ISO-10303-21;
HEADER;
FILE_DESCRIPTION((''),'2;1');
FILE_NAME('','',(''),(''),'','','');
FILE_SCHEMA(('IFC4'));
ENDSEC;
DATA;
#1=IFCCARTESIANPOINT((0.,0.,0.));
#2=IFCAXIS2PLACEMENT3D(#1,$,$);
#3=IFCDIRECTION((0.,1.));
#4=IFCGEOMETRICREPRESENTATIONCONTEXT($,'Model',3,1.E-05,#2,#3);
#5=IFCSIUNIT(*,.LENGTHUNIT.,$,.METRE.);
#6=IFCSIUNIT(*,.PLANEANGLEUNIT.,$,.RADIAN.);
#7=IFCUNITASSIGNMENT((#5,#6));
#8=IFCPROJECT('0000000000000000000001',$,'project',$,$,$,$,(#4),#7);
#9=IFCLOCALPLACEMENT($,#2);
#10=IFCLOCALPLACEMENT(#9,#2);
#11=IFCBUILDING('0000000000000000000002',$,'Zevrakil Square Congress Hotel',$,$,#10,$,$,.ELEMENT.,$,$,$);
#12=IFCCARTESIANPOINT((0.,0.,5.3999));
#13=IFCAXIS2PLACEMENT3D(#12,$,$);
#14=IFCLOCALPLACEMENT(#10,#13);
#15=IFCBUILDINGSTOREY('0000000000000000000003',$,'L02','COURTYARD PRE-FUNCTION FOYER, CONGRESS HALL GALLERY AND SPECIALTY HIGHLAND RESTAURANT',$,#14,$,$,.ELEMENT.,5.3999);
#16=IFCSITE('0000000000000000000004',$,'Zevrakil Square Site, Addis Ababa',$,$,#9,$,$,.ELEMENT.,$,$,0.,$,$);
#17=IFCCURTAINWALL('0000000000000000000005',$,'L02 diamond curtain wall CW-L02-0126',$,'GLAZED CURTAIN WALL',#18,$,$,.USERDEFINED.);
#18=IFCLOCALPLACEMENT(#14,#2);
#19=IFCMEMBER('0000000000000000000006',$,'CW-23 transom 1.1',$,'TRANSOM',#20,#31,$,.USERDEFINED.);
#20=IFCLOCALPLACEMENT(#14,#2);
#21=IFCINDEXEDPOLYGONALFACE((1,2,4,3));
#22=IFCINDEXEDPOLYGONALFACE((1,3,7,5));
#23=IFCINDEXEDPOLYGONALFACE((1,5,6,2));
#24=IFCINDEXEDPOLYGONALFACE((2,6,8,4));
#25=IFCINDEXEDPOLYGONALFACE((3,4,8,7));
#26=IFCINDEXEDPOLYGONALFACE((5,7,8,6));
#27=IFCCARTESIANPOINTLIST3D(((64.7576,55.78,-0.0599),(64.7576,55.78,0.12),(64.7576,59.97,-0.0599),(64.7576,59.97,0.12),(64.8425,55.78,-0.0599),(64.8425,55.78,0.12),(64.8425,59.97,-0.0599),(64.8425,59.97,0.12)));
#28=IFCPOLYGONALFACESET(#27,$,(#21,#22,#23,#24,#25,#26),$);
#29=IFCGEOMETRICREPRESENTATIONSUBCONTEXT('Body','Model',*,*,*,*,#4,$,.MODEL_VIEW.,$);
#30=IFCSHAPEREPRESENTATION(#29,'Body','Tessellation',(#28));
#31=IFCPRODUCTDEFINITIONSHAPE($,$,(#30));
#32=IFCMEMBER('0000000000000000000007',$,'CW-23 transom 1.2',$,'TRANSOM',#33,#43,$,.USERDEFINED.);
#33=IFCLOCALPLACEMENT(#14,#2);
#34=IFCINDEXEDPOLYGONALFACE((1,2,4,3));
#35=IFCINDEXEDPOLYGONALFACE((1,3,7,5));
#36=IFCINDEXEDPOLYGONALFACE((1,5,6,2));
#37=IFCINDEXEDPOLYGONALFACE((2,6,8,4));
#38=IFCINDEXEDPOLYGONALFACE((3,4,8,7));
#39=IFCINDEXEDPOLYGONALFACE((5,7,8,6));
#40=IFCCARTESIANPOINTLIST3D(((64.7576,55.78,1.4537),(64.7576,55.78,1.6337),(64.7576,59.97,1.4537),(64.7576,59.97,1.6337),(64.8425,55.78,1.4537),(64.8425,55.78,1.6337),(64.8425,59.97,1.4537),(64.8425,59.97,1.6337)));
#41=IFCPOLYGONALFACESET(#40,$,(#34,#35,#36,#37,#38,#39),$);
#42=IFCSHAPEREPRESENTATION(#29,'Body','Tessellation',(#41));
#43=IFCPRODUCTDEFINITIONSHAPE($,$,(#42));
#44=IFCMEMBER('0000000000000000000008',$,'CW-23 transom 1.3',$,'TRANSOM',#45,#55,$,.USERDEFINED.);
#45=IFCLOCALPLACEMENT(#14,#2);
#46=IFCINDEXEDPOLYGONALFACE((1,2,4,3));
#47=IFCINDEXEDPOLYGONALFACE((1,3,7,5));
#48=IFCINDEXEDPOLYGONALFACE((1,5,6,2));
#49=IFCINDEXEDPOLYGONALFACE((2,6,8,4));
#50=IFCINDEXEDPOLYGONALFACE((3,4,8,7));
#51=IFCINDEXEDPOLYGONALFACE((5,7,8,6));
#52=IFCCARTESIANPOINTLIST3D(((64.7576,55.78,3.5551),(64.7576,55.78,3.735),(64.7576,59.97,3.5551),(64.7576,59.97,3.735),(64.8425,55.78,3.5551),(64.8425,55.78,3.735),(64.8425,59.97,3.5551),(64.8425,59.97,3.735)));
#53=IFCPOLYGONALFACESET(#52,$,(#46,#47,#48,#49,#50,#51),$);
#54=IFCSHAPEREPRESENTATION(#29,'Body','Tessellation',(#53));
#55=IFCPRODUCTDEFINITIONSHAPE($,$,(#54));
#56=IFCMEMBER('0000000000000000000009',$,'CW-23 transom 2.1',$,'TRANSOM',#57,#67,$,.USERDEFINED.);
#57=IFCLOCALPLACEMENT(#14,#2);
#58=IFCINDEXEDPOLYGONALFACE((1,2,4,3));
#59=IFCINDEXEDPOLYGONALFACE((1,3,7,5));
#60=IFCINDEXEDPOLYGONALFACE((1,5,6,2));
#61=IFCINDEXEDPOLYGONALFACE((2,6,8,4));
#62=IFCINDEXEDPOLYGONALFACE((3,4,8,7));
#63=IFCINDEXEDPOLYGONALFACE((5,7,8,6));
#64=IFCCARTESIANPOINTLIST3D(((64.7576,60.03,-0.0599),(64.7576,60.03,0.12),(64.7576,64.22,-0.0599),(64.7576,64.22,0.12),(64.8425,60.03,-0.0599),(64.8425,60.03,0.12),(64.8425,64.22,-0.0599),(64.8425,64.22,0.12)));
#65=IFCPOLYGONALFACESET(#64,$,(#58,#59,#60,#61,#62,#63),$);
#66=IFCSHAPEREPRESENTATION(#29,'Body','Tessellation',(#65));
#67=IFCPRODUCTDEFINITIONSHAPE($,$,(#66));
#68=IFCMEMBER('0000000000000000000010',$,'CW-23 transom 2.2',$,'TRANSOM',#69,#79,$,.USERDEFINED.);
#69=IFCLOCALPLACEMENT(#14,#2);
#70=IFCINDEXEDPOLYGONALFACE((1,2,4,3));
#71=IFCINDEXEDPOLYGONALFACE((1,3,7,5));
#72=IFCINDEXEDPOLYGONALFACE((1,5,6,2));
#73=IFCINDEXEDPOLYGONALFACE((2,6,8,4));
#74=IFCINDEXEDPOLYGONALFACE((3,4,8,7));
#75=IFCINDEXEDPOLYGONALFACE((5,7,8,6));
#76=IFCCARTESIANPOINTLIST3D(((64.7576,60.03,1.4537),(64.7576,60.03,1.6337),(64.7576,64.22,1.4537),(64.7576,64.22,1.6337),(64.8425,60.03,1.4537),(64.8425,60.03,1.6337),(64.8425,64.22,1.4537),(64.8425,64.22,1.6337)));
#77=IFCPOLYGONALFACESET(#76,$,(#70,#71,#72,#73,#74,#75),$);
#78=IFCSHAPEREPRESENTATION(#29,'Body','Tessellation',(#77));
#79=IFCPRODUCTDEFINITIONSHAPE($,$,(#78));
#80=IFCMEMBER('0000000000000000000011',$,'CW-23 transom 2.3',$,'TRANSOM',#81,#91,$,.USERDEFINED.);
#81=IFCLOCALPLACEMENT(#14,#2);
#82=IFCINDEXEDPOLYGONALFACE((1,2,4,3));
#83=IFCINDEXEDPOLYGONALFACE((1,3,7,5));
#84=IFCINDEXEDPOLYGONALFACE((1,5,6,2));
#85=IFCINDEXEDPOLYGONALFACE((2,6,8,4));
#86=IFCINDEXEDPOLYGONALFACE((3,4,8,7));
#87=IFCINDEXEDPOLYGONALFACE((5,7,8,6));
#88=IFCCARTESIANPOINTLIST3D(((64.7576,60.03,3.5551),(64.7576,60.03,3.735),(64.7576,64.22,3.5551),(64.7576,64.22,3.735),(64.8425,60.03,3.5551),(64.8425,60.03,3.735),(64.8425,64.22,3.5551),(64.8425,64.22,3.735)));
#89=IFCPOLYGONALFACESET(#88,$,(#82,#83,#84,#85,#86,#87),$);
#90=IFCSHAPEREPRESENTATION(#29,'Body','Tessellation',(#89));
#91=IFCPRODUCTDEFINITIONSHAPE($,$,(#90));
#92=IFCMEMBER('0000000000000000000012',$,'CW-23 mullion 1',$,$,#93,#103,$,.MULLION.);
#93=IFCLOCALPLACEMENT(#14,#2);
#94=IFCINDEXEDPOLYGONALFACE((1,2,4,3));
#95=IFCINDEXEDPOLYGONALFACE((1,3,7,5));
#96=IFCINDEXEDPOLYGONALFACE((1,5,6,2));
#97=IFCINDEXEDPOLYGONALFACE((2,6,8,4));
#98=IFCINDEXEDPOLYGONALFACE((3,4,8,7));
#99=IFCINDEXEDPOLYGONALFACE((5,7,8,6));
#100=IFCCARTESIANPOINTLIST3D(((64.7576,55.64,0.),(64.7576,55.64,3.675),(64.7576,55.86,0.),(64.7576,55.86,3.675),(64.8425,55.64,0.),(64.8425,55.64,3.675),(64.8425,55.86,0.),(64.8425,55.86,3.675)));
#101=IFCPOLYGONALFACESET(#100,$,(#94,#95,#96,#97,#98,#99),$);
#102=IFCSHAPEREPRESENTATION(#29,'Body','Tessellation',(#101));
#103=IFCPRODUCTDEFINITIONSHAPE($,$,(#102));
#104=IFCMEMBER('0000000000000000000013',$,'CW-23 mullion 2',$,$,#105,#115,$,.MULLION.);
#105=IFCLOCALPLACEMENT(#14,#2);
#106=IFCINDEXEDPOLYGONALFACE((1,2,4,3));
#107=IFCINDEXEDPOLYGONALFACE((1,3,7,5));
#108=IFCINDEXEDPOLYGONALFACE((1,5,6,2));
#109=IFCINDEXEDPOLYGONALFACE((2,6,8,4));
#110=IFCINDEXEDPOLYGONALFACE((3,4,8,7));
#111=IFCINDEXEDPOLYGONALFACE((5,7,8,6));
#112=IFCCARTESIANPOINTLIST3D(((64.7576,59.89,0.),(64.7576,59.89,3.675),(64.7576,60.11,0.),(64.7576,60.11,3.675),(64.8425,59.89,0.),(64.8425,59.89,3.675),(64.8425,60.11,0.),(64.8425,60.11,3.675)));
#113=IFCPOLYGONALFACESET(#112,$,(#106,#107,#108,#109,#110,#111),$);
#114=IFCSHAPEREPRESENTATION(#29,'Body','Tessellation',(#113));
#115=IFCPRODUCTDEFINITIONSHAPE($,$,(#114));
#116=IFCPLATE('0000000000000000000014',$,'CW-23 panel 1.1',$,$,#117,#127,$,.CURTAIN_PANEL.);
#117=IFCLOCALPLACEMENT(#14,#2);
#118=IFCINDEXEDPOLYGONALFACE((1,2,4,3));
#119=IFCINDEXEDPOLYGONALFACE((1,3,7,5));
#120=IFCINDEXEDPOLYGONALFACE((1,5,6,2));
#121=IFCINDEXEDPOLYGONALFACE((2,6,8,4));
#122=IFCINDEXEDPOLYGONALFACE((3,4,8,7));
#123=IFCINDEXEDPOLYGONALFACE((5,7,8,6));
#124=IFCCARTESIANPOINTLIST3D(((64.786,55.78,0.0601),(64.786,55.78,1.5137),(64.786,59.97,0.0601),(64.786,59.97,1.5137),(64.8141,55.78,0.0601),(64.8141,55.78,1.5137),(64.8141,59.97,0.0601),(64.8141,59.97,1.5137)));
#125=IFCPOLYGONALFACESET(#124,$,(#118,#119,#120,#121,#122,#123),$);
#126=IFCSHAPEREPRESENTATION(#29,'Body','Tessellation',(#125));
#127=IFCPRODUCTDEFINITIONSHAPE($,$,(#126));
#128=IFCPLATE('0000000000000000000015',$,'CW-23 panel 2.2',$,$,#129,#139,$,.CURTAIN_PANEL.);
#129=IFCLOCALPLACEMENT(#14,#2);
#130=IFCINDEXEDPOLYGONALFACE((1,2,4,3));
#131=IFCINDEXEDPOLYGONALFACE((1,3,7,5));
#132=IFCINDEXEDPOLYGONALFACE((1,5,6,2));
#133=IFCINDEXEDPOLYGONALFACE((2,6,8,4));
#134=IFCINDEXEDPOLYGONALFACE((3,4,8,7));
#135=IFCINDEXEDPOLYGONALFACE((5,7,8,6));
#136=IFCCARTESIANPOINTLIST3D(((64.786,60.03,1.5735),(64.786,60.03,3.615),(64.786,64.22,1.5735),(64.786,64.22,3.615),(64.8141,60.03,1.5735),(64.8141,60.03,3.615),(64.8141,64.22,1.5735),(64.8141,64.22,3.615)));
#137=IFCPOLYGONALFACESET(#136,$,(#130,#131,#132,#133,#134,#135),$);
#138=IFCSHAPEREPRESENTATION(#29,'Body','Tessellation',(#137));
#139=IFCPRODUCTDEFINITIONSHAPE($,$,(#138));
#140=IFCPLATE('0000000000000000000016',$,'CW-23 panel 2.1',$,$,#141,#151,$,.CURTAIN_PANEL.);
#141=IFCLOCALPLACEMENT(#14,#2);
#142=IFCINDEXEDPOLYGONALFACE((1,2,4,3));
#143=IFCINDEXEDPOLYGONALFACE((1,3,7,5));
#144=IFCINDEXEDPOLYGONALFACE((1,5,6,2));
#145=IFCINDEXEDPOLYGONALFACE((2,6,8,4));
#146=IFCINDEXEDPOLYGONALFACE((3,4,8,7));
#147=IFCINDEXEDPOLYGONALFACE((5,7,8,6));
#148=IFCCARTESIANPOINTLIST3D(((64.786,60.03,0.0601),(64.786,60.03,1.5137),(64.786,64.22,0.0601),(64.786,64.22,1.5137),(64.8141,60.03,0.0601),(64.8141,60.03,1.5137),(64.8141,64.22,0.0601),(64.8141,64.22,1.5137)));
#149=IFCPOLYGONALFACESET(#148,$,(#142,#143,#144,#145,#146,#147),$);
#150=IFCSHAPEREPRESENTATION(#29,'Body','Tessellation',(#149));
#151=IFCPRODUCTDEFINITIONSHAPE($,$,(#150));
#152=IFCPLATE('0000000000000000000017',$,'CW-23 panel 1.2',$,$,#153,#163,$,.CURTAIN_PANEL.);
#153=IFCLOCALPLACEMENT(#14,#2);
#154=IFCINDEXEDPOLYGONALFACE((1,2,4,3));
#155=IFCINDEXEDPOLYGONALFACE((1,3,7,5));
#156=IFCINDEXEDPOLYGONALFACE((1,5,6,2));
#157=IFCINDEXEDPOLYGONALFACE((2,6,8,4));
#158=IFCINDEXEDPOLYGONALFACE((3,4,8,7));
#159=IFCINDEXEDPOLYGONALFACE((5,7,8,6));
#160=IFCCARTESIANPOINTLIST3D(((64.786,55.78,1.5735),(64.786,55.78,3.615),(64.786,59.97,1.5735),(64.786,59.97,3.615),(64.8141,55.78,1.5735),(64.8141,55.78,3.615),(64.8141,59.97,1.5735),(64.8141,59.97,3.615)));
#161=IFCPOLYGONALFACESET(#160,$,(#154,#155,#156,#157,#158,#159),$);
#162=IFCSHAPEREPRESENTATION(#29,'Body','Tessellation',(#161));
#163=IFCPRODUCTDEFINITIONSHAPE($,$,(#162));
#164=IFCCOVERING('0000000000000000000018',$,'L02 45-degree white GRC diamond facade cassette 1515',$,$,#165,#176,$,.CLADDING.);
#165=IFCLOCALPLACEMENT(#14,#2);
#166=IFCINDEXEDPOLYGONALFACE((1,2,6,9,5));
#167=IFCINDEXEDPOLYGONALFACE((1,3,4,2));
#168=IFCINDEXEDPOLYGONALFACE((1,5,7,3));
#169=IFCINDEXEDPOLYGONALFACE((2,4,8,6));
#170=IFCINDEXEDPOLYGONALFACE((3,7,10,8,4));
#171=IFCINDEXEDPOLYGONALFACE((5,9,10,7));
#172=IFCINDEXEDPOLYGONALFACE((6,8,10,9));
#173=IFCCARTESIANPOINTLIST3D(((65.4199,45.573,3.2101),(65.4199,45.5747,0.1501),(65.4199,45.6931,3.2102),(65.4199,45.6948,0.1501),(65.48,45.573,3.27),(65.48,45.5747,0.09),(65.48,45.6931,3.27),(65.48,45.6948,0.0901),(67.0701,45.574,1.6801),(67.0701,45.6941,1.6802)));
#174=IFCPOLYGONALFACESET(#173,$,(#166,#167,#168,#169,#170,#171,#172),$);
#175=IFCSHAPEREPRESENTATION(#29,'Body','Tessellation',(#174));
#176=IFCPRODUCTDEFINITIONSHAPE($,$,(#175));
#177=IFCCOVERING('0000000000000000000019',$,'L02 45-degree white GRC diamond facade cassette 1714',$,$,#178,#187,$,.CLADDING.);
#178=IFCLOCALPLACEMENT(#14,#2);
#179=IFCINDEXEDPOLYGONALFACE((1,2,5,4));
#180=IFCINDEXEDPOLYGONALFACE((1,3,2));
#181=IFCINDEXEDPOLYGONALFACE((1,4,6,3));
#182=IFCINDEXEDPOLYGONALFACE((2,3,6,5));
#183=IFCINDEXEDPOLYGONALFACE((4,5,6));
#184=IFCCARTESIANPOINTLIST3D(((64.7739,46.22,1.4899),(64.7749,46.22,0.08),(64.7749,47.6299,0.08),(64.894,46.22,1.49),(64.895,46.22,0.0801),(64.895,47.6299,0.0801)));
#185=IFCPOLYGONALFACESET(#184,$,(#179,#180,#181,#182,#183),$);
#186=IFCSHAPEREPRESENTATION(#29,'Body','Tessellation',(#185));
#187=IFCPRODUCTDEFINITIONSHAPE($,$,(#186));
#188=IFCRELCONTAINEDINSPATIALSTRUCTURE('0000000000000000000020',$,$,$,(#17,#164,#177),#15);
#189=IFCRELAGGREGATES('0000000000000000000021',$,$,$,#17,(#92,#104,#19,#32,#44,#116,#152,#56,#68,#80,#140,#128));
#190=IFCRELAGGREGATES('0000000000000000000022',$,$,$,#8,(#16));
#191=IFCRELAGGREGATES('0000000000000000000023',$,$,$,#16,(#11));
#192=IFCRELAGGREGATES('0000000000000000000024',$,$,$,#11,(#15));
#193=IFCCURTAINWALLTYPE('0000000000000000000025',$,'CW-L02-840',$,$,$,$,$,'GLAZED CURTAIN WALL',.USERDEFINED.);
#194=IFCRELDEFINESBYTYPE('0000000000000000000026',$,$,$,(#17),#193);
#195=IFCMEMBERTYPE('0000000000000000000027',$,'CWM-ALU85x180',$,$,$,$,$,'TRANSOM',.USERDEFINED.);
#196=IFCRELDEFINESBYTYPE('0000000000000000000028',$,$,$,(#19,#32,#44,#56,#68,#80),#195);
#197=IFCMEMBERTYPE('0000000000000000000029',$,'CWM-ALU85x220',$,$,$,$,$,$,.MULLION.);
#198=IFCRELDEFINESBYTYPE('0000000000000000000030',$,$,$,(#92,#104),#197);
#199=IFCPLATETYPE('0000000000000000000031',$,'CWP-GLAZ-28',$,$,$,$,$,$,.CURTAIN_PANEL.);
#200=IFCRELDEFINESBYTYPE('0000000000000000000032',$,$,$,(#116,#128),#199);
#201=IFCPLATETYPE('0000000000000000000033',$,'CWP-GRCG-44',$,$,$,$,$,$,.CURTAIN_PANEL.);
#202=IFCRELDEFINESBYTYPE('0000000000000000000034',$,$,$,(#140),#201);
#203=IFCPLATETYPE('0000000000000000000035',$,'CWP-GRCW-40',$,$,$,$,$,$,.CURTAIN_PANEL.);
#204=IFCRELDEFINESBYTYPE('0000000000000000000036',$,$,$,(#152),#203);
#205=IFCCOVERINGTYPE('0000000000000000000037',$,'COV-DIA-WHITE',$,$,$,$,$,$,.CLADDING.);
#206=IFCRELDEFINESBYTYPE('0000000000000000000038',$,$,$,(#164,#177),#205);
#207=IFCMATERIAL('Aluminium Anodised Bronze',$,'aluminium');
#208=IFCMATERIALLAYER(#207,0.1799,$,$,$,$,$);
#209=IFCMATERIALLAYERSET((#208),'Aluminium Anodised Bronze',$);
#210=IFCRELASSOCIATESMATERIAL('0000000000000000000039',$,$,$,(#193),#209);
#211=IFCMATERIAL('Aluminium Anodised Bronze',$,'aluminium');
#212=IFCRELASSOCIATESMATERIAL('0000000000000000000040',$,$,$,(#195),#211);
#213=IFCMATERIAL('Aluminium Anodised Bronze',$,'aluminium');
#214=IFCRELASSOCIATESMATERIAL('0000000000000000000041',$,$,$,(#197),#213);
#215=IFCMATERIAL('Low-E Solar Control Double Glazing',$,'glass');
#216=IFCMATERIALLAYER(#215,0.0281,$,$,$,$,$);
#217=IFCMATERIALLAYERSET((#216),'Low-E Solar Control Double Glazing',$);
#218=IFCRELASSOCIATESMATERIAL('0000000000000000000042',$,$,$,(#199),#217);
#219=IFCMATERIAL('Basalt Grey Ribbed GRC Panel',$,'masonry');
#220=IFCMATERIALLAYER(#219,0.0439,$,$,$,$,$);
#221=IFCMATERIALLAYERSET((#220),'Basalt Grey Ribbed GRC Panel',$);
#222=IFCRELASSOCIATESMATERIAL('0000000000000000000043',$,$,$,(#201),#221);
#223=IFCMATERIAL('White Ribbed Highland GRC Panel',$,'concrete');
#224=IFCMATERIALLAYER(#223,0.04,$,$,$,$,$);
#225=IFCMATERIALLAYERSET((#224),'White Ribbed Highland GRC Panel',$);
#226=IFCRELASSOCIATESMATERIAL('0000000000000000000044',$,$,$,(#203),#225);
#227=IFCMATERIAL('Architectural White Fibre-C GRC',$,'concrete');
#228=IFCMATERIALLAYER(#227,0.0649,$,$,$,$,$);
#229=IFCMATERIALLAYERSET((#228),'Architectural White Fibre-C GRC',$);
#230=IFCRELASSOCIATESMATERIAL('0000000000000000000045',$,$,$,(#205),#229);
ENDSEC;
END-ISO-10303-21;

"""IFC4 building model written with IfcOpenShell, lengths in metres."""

from ifc_helpers import new_model, si_unit, direction, frame, origin, origin_2d, place, context, subcontext, project, spatial, polyline, rectangle, outline, extrude, material, layer, layer_set, material_profile, profile_set, type_object, element, aggregate, save


model = new_model("IFC4")

# Units and contexts
model_context = context("Model", 3, precision=1e-05, world=origin(), true_north=direction((0.0, 1.0)))
body_context = subcontext(model_context, "Body", "Model", "MODEL_VIEW")
ifc_project = project(units=[si_unit("LENGTHUNIT", "METRE"), si_unit("PLANEANGLEUNIT", "RADIAN")], contexts=[model_context])

# Site, building, storey
site_placement = place(None, origin())
site = spatial("IfcSite", under=ifc_project, at=site_placement, Name="Zevrakil Square Site, Addis Ababa", CompositionType="ELEMENT", RefElevation=0.0)
building_placement = place(site_placement, origin())
building = spatial("IfcBuilding", under=site, at=building_placement, Name="Zevrakil Square Congress Hotel", CompositionType="ELEMENT")
storey_placement = place(building_placement, frame((0.0, 0.0, 5.3999)))
storey = spatial("IfcBuildingStorey", under=building, at=storey_placement, Name="L02", Description="COURTYARD PRE-FUNCTION FOYER, CONGRESS HALL GALLERY AND SPECIALTY HIGHLAND RESTAURANT", CompositionType="ELEMENT", Elevation=5.3999)

# Curtain wall, members, plates
ifc_material_1 = material(Name="Aluminium Anodised Bronze", Category="aluminium")
ifc_layer_1 = layer(ifc_material_1, 0.1799)
ifc_layer_set_1 = layer_set([ifc_layer_1], Name="Aluminium Anodised Bronze")
curtain_wall_type = type_object("IfcCurtainWallType", Name="CW-L02-840", ElementType="GLAZED CURTAIN WALL", PredefinedType="USERDEFINED", material=ifc_layer_set_1)
curtain_wall_placement = place(storey_placement, origin())
curtain_wall = element("IfcCurtainWall", 1, at=curtain_wall_placement, inside=storey, type_object=curtain_wall_type, Name="L02 diamond curtain wall CW-L02-0126", ObjectType="GLAZED CURTAIN WALL", PredefinedType="USERDEFINED")
ifc_material_2 = material(Name="Aluminium Anodised Bronze", Category="aluminium")
ifc_material_profile_1 = material_profile(ifc_material_2, rectangle(XDim=0.085, YDim=0.1799, at=origin_2d()), Name="ALU 85x180")
ifc_profile_set_1 = profile_set([ifc_material_profile_1], Name="Aluminium Anodised Bronze")
member_type_1 = type_object("IfcMemberType", Name="CWM-ALU85x180", ElementType="TRANSOM", PredefinedType="USERDEFINED", material=ifc_profile_set_1)
member_1_placement = place(storey_placement, frame((64.8, 55.78, 0.03), z_axis=(0.0, 1.0, 0.0), x_axis=(-1.0, 0.0, 0.0)))
member_1 = element("IfcMember", 2, at=member_1_placement, type_object=member_type_1, Name="CW-23 transom 1.1", ObjectType="TRANSOM", PredefinedType="USERDEFINED", context=body_context, shape_type="SweptSolid", body=[
    extrude(rectangle(XDim=0.085, YDim=0.1799, at=origin_2d()), origin(), (0.0, 0.0, 1.0), 4.1899),
])
member_2_placement = place(storey_placement, frame((64.8, 55.78, 1.5437), z_axis=(0.0, 1.0, 0.0), x_axis=(-1.0, 0.0, 0.0)))
member_2 = element("IfcMember", 3, at=member_2_placement, type_object=member_type_1, Name="CW-23 transom 1.2", ObjectType="TRANSOM", PredefinedType="USERDEFINED", context=body_context, shape_type="SweptSolid", body=[
    extrude(rectangle(XDim=0.085, YDim=0.1799, at=origin_2d()), origin(), (0.0, 0.0, 1.0), 4.1899),
])
member_3_placement = place(storey_placement, frame((64.8, 55.78, 3.645), z_axis=(0.0, 1.0, 0.0), x_axis=(-1.0, 0.0, 0.0)))
member_3 = element("IfcMember", 4, at=member_3_placement, type_object=member_type_1, Name="CW-23 transom 1.3", ObjectType="TRANSOM", PredefinedType="USERDEFINED", context=body_context, shape_type="SweptSolid", body=[
    extrude(rectangle(XDim=0.085, YDim=0.1799, at=origin_2d()), origin(), (0.0, 0.0, 1.0), 4.1899),
])
member_4_placement = place(storey_placement, frame((64.8, 60.03, 0.03), z_axis=(0.0, 1.0, 0.0), x_axis=(-1.0, 0.0, 0.0)))
member_4 = element("IfcMember", 5, at=member_4_placement, type_object=member_type_1, Name="CW-23 transom 2.1", ObjectType="TRANSOM", PredefinedType="USERDEFINED", context=body_context, shape_type="SweptSolid", body=[
    extrude(rectangle(XDim=0.085, YDim=0.1799, at=origin_2d()), origin(), (0.0, 0.0, 1.0), 4.1899),
])
member_5_placement = place(storey_placement, frame((64.8, 60.03, 1.5437), z_axis=(0.0, 1.0, 0.0), x_axis=(-1.0, 0.0, 0.0)))
member_5 = element("IfcMember", 6, at=member_5_placement, type_object=member_type_1, Name="CW-23 transom 2.2", ObjectType="TRANSOM", PredefinedType="USERDEFINED", context=body_context, shape_type="SweptSolid", body=[
    extrude(rectangle(XDim=0.085, YDim=0.1799, at=origin_2d()), origin(), (0.0, 0.0, 1.0), 4.1899),
])
member_6_placement = place(storey_placement, frame((64.8, 60.03, 3.645), z_axis=(0.0, 1.0, 0.0), x_axis=(-1.0, 0.0, 0.0)))
member_6 = element("IfcMember", 7, at=member_6_placement, type_object=member_type_1, Name="CW-23 transom 2.3", ObjectType="TRANSOM", PredefinedType="USERDEFINED", context=body_context, shape_type="SweptSolid", body=[
    extrude(rectangle(XDim=0.085, YDim=0.1799, at=origin_2d()), origin(), (0.0, 0.0, 1.0), 4.1899),
])
ifc_material_3 = material(Name="Aluminium Anodised Bronze", Category="aluminium")
ifc_material_profile_2 = material_profile(ifc_material_3, rectangle(XDim=0.085, YDim=0.22, at=origin_2d()), Name="ALU 85x220")
ifc_profile_set_2 = profile_set([ifc_material_profile_2], Name="Aluminium Anodised Bronze")
member_type_2 = type_object("IfcMemberType", Name="CWM-ALU85x220", PredefinedType="MULLION", material=ifc_profile_set_2)
member_7_placement = place(storey_placement, frame((64.8, 55.75, 0.0), z_axis=(0.0, 0.0, 1.0), x_axis=(-1.0, 0.0, 0.0)))
member_7 = element("IfcMember", 8, at=member_7_placement, type_object=member_type_2, Name="CW-23 mullion 1", PredefinedType="MULLION", context=body_context, shape_type="SweptSolid", body=[
    extrude(rectangle(XDim=0.085, YDim=0.22, at=origin_2d()), origin(), (0.0, 0.0, 1.0), 3.675),
])
member_8_placement = place(storey_placement, frame((64.8, 60.0, 0.0), z_axis=(0.0, 0.0, 1.0), x_axis=(-1.0, 0.0, 0.0)))
member_8 = element("IfcMember", 9, at=member_8_placement, type_object=member_type_2, Name="CW-23 mullion 2", PredefinedType="MULLION", context=body_context, shape_type="SweptSolid", body=[
    extrude(rectangle(XDim=0.085, YDim=0.22, at=origin_2d()), origin(), (0.0, 0.0, 1.0), 3.675),
])
ifc_material_4 = material(Name="Low-E Solar Control Double Glazing", Category="glass")
ifc_layer_2 = layer(ifc_material_4, 0.0281)
ifc_layer_set_2 = layer_set([ifc_layer_2], Name="Low-E Solar Control Double Glazing")
plate_type_1 = type_object("IfcPlateType", Name="CWP-GLAZ-28", PredefinedType="CURTAIN_PANEL", material=ifc_layer_set_2)
plate_1_placement = place(storey_placement, frame((64.8, 57.875, 0.0601), z_axis=(0.0, 0.0, 1.0), x_axis=(0.0, 1.0, 0.0)))
plate_1 = element("IfcPlate", 10, at=plate_1_placement, type_object=plate_type_1, Name="CW-23 panel 1.1", PredefinedType="CURTAIN_PANEL", context=body_context, shape_type="SweptSolid", body=[
    extrude(rectangle(XDim=4.1899, YDim=0.0281, at=origin_2d()), origin(), (0.0, 0.0, 1.0), 1.4536),
])
plate_2_placement = place(storey_placement, frame((64.8, 62.125, 1.5735), z_axis=(0.0, 0.0, 1.0), x_axis=(0.0, 1.0, 0.0)))
plate_2 = element("IfcPlate", 11, at=plate_2_placement, type_object=plate_type_1, Name="CW-23 panel 2.2", PredefinedType="CURTAIN_PANEL", context=body_context, shape_type="SweptSolid", body=[
    extrude(rectangle(XDim=4.1899, YDim=0.0281, at=origin_2d()), origin(), (0.0, 0.0, 1.0), 2.0415),
])
ifc_material_5 = material(Name="Basalt Grey Ribbed GRC Panel", Category="masonry")
ifc_layer_3 = layer(ifc_material_5, 0.0439)
ifc_layer_set_3 = layer_set([ifc_layer_3], Name="Basalt Grey Ribbed GRC Panel")
plate_type_2 = type_object("IfcPlateType", Name="CWP-GRCG-44", PredefinedType="CURTAIN_PANEL", material=ifc_layer_set_3)
plate_3_placement = place(storey_placement, frame((64.8, 62.125, 0.0601), z_axis=(0.0, 0.0, 1.0), x_axis=(0.0, 1.0, 0.0)))
plate_3 = element("IfcPlate", 12, at=plate_3_placement, type_object=plate_type_2, Name="CW-23 panel 2.1", PredefinedType="CURTAIN_PANEL", context=body_context, shape_type="SweptSolid", body=[
    extrude(rectangle(XDim=4.1899, YDim=0.0281, at=origin_2d()), origin(), (0.0, 0.0, 1.0), 1.4536),
])
ifc_material_6 = material(Name="White Ribbed Highland GRC Panel", Category="concrete")
ifc_layer_4 = layer(ifc_material_6, 0.04)
ifc_layer_set_4 = layer_set([ifc_layer_4], Name="White Ribbed Highland GRC Panel")
plate_type_3 = type_object("IfcPlateType", Name="CWP-GRCW-40", PredefinedType="CURTAIN_PANEL", material=ifc_layer_set_4)
plate_4_placement = place(storey_placement, frame((64.8, 57.875, 1.5735), z_axis=(0.0, 0.0, 1.0), x_axis=(0.0, 1.0, 0.0)))
plate_4 = element("IfcPlate", 13, at=plate_4_placement, type_object=plate_type_3, Name="CW-23 panel 1.2", PredefinedType="CURTAIN_PANEL", context=body_context, shape_type="SweptSolid", body=[
    extrude(rectangle(XDim=4.1899, YDim=0.0281, at=origin_2d()), origin(), (0.0, 0.0, 1.0), 2.0415),
])
aggregate(curtain_wall, [member_7, member_8, member_1, member_2, member_3, plate_1, plate_4, member_4, member_5, member_6, plate_3, plate_2])

# Coverings
ifc_material_7 = material(Name="Architectural White Fibre-C GRC", Category="concrete")
ifc_layer_5 = layer(ifc_material_7, 0.0649)
ifc_layer_set_5 = layer_set([ifc_layer_5], Name="Architectural White Fibre-C GRC")
covering_type_1 = type_object("IfcCoveringType", Name="COV-DIA-WHITE", PredefinedType="CLADDING", material=ifc_layer_set_5)
covering_1_placement = place(storey_placement, frame((65.48, 45.6948, 0.0901), z_axis=(-0.000071, 1.0, 0.000538), x_axis=(0.707107, -0.00033, 0.707107)))
element("IfcCovering", 14, at=covering_1_placement, inside=storey, type_object=covering_type_1, Name="L02 45-degree white GRC diamond facade cassette 1515", PredefinedType="CLADDING", context=body_context, shape_type="SweptSolid", body=[
    extrude(outline(polyline([(0.0, 0.0), (2.2487, 0.0), (2.2486, -2.2486), (2.1638, -2.2487), (0.0, -0.0849), (0.0, 0.0)])), origin(), (0.0, 0.0, -1.0), 0.1201),
])
covering_2_placement = place(storey_placement, frame((64.895, 47.6299, 0.0801), z_axis=(1.0, 0.0, 0.000693), x_axis=(0.0, -1.0, 0.0)))
element("IfcCovering", 15, at=covering_2_placement, inside=storey, type_object=covering_type_1, Name="L02 45-degree white GRC diamond facade cassette 1714", PredefinedType="CLADDING", context=body_context, shape_type="SweptSolid", body=[
    extrude(outline(polyline([(0.0, 0.0), (1.4099, 0.0), (1.4099, -1.4099), (0.0, 0.0)])), origin(), (0.0, 0.0, -1.0), 0.1201),
])

save(model, "model.ifc")
